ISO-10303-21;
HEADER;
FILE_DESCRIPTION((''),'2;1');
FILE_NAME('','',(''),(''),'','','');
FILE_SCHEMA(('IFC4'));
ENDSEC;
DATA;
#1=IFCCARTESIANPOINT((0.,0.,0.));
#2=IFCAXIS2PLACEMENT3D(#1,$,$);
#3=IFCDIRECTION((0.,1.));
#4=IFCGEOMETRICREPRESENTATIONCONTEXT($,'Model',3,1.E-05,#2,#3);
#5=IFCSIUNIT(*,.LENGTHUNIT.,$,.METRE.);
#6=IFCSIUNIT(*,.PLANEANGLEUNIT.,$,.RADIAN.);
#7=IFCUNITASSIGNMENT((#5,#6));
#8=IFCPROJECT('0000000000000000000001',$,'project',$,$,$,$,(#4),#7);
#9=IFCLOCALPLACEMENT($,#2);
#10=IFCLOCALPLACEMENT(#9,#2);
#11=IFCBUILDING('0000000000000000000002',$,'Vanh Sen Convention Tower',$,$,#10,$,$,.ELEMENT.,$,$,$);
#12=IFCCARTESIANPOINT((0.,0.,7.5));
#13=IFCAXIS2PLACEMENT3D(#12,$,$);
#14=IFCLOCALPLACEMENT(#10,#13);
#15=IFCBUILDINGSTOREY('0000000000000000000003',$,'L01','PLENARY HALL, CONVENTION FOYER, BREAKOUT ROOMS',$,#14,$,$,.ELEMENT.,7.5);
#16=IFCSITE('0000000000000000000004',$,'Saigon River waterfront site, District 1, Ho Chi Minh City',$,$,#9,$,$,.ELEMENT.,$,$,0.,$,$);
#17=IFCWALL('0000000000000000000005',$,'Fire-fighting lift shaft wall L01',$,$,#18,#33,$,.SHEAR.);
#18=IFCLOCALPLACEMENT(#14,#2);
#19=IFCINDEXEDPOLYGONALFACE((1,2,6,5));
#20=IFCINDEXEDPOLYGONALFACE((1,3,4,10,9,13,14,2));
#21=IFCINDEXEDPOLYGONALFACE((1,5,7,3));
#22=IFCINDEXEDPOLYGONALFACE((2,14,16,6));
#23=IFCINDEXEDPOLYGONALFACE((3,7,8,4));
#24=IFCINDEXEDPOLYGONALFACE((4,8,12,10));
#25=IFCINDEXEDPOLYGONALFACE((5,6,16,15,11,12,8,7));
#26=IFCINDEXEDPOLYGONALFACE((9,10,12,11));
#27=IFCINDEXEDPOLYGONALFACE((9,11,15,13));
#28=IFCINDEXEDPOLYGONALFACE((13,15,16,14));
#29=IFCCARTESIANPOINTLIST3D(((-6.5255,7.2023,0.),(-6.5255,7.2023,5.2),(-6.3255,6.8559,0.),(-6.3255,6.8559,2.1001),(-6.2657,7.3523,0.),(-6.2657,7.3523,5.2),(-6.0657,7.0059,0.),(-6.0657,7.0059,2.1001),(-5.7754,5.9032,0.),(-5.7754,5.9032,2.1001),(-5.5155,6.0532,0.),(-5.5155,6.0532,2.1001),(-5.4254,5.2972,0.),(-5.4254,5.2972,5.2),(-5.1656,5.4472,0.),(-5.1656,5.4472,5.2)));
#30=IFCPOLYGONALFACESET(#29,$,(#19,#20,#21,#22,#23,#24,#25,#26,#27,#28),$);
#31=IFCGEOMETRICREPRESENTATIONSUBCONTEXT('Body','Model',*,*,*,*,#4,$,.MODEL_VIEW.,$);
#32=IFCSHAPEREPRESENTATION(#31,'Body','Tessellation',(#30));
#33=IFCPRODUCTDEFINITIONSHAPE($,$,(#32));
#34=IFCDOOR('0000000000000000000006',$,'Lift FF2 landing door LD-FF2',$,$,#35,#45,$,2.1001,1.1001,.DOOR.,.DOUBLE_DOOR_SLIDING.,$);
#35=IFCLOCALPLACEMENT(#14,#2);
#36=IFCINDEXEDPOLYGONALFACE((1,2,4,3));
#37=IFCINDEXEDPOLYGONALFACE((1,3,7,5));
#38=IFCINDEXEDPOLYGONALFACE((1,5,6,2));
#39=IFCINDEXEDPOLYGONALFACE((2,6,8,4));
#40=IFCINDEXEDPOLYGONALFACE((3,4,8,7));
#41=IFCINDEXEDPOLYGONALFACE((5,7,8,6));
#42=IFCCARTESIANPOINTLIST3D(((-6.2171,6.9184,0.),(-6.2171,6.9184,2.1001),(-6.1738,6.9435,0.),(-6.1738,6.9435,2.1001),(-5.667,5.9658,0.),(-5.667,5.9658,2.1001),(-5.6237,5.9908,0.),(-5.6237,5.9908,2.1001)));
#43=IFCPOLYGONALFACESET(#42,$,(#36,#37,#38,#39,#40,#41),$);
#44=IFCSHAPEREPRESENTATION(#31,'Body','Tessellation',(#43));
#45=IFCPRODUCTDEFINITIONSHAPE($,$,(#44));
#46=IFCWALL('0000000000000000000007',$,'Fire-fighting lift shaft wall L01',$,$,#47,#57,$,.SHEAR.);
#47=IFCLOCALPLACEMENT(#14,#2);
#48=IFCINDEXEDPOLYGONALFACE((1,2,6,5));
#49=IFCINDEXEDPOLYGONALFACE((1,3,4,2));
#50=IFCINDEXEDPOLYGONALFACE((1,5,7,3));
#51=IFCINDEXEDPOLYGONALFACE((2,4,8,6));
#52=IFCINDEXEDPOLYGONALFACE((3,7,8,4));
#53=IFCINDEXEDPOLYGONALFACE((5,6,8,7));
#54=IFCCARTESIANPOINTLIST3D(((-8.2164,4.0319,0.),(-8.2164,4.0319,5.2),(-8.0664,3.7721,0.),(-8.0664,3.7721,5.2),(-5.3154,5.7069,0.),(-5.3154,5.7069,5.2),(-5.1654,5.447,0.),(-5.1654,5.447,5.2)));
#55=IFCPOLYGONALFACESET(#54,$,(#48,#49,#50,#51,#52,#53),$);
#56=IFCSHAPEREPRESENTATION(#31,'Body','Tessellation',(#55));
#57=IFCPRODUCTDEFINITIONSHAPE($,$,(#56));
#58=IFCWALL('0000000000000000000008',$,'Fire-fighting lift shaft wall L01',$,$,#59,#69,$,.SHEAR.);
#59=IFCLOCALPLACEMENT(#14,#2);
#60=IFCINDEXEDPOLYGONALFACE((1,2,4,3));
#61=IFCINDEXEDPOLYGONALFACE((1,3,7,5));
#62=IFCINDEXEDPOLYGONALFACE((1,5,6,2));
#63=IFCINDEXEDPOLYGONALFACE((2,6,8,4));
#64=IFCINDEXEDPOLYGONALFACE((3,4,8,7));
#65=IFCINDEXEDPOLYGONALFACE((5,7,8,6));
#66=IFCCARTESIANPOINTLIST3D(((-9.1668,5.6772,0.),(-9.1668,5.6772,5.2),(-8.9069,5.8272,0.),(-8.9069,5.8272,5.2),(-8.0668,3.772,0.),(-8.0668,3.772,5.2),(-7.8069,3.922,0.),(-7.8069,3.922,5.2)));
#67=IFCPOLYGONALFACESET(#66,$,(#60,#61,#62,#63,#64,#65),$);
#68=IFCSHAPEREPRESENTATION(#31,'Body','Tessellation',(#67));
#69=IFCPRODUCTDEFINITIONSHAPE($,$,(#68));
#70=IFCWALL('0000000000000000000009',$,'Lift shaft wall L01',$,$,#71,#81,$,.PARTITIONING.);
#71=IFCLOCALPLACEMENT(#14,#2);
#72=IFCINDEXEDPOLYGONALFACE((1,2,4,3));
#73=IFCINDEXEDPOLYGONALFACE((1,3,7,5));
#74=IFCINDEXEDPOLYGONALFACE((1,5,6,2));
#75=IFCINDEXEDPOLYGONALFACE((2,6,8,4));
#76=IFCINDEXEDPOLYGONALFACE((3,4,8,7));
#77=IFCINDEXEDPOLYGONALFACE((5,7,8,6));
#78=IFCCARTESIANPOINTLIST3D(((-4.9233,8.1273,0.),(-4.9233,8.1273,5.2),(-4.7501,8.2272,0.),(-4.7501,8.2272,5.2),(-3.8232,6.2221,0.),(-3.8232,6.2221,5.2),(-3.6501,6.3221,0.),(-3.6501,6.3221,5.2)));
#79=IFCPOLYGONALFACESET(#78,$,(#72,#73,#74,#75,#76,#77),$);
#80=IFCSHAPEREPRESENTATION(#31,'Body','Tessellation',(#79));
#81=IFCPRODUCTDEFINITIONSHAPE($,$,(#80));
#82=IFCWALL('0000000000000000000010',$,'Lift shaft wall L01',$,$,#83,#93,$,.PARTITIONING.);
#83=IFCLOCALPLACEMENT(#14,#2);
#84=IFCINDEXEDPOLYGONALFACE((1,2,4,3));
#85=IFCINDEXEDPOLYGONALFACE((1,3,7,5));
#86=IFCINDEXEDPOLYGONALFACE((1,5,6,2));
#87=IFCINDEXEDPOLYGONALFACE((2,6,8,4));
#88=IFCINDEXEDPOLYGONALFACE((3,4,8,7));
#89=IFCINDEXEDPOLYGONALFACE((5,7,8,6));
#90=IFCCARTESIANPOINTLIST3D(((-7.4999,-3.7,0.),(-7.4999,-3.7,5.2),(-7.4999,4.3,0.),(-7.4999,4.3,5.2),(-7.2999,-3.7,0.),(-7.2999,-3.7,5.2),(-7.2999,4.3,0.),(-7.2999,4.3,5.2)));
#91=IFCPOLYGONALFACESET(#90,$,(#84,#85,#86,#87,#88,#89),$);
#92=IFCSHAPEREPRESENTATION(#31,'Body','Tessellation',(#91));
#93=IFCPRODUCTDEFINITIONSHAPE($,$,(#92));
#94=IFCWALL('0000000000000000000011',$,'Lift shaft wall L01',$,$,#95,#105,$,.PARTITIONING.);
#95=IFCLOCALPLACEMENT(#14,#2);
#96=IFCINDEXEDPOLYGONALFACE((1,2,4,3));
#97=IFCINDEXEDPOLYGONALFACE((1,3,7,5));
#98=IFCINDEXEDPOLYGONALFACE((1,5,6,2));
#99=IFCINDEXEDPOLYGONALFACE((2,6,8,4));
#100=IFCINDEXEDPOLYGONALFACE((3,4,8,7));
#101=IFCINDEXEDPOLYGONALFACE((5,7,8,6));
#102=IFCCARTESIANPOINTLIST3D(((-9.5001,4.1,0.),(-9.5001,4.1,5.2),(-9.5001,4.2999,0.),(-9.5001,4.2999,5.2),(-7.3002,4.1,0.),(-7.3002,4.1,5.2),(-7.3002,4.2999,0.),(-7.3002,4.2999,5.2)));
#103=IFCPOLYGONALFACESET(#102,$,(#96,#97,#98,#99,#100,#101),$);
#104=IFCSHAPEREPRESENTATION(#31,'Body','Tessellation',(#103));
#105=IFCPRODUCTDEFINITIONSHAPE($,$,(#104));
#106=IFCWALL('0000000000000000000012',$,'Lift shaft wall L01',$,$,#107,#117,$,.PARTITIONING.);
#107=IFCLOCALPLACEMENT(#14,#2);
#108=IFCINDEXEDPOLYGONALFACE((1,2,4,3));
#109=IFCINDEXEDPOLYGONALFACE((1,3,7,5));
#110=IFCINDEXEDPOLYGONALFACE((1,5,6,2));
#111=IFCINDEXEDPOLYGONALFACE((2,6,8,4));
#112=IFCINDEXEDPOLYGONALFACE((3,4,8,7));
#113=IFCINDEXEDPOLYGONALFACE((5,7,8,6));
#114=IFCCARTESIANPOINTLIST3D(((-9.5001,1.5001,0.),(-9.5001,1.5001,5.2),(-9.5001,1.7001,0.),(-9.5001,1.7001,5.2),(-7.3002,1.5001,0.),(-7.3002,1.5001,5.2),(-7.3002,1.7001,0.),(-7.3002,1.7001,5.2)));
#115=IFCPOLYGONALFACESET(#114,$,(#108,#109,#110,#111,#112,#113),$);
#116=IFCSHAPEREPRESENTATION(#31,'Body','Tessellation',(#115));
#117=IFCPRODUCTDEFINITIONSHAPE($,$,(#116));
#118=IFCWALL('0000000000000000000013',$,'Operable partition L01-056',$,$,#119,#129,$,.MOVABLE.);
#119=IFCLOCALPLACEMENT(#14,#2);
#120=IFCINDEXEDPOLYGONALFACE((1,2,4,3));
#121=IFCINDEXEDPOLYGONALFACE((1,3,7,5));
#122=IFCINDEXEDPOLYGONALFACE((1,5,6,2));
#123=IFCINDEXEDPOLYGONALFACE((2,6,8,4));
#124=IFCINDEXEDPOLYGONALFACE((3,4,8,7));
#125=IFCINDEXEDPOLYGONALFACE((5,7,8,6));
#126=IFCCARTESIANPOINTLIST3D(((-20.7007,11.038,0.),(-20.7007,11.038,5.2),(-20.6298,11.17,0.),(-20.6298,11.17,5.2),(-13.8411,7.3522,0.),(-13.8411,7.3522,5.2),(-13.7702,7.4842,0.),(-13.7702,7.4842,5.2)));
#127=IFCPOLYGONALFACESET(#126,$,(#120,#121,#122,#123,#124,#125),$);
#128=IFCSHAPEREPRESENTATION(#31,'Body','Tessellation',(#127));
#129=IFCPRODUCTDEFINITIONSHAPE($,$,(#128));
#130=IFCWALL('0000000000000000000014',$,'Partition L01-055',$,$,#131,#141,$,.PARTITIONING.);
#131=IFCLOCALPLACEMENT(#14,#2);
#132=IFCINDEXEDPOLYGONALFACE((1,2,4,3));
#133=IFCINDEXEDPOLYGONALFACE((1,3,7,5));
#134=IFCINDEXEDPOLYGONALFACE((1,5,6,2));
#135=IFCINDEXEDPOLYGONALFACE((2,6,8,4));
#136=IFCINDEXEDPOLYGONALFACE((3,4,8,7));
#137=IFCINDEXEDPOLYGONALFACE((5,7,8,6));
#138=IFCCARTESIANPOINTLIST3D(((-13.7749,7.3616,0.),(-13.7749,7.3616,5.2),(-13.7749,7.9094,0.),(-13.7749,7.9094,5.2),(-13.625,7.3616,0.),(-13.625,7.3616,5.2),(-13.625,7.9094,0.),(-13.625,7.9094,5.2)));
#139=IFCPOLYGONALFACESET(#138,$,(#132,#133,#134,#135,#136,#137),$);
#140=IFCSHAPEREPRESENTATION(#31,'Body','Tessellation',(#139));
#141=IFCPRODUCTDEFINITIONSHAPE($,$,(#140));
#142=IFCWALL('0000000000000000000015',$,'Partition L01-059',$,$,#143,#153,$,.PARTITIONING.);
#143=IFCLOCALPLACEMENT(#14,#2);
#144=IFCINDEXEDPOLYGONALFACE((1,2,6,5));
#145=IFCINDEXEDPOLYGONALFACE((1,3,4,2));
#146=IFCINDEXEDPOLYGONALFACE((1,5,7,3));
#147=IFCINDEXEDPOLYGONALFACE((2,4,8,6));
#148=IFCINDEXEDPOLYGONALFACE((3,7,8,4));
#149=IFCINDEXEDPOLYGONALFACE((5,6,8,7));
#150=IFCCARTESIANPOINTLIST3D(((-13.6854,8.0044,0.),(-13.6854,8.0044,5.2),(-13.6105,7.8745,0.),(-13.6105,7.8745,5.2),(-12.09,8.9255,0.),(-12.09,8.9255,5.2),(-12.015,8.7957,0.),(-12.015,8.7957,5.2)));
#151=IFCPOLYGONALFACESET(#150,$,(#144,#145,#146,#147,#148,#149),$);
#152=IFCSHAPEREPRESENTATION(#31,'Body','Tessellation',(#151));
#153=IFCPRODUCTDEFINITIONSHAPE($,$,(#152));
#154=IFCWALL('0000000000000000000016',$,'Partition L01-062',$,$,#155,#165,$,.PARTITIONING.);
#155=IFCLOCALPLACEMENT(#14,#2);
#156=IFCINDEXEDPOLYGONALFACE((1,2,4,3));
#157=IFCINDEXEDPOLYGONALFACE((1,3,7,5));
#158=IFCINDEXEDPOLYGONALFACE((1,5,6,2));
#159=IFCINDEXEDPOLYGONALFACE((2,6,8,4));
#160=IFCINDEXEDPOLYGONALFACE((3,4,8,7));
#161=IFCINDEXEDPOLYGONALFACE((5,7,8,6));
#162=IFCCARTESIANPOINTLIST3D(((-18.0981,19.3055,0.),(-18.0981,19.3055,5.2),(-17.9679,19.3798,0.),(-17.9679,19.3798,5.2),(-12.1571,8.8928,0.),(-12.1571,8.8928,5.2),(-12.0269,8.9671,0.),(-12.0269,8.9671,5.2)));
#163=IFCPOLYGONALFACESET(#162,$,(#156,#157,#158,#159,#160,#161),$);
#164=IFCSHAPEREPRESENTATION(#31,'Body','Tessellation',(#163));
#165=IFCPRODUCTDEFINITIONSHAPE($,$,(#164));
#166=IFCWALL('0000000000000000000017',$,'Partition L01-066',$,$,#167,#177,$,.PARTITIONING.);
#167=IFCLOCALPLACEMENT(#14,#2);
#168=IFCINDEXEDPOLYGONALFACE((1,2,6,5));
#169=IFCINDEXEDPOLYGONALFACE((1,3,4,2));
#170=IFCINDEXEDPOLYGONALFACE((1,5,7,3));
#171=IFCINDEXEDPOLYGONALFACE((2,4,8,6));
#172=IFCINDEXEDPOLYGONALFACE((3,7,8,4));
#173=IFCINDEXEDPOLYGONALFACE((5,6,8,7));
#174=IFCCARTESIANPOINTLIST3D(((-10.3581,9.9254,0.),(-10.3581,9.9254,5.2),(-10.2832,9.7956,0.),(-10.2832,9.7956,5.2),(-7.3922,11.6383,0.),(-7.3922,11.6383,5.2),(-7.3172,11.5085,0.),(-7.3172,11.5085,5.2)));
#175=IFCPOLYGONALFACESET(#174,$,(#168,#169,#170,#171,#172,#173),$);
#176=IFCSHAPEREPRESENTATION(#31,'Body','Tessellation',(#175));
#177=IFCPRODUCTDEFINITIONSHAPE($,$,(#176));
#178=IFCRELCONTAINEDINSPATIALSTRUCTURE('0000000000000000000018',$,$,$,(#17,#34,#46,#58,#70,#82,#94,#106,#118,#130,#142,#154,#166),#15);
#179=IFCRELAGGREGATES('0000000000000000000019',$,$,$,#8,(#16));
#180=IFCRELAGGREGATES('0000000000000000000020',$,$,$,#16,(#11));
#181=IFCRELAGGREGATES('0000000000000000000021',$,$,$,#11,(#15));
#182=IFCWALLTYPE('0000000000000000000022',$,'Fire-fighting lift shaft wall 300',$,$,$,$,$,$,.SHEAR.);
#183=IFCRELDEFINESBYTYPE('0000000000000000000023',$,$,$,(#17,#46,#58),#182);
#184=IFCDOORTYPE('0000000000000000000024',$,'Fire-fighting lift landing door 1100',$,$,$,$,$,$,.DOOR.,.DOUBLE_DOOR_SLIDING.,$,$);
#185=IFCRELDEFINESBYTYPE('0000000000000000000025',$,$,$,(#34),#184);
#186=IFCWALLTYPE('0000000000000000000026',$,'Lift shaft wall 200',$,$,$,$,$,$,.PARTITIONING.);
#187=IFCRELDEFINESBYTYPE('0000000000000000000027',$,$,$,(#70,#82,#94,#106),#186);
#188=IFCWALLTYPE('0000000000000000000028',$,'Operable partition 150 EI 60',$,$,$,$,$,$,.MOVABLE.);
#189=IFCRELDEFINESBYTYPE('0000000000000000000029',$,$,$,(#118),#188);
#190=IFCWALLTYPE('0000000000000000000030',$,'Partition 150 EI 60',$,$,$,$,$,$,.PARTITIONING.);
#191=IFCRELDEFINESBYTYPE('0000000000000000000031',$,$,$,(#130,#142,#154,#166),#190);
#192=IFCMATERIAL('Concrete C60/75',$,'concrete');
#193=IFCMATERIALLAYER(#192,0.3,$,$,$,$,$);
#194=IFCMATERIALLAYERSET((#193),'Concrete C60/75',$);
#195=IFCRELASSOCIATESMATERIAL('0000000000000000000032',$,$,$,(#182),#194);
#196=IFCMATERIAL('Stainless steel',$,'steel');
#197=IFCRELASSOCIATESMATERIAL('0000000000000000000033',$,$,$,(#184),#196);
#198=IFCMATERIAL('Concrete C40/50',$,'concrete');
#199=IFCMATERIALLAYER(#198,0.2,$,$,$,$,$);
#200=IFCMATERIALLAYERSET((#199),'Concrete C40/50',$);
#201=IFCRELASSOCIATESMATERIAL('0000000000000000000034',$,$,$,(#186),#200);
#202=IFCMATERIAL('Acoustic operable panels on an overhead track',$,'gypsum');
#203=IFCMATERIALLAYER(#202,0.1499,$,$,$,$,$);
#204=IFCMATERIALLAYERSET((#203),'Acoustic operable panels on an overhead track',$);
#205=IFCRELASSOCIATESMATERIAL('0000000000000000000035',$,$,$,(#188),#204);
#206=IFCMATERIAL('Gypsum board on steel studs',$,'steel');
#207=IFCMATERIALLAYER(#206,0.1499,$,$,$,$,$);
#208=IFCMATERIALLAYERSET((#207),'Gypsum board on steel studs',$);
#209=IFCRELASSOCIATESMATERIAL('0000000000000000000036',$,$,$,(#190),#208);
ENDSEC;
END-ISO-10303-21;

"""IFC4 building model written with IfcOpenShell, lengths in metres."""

from ifc_helpers import new_model, si_unit, direction, frame, frame_2d, origin, place, context, subcontext, project, spatial, rectangle, extrude, material, layer, layer_set, type_object, element, fill, save


model = new_model("IFC4")

# Units and contexts
model_context = context("Model", 3, precision=1e-05, world=origin(), true_north=direction((0.0, 1.0)))
body_context = subcontext(model_context, "Body", "Model", "MODEL_VIEW")
ifc_project = project(units=[si_unit("LENGTHUNIT", "METRE"), si_unit("PLANEANGLEUNIT", "RADIAN")], contexts=[model_context])

# Site, building, storey
site_placement = place(None, origin())
site = spatial("IfcSite", under=ifc_project, at=site_placement, Name="Saigon River waterfront site, District 1, Ho Chi Minh City", CompositionType="ELEMENT", RefElevation=0.0)
building_placement = place(site_placement, origin())
building = spatial("IfcBuilding", under=site, at=building_placement, Name="Vanh Sen Convention Tower", CompositionType="ELEMENT")
storey_placement = place(building_placement, frame((0.0, 0.0, 7.5)))
storey = spatial("IfcBuildingStorey", under=building, at=storey_placement, Name="L01", Description="PLENARY HALL, CONVENTION FOYER, BREAKOUT ROOMS", CompositionType="ELEMENT", Elevation=7.5)

# Wall, opening, door
ifc_material_1 = material(Name="Concrete C60/75", Category="concrete")
ifc_layer_1 = layer(ifc_material_1, 0.3)
ifc_layer_set_1 = layer_set([ifc_layer_1], Name="Concrete C60/75")
wall_type_1 = type_object("IfcWallType", Name="Fire-fighting lift shaft wall 300", PredefinedType="SHEAR", material=ifc_layer_set_1)
wall_1_placement = place(storey_placement, frame((-5.2954, 5.3721, 0.0), z_axis=(0.0, 0.0, 1.0), x_axis=(-0.500078, 0.86598, 0.0)))
wall_1 = element("IfcWall", 1, at=wall_1_placement, inside=storey, type_object=wall_type_1, Name="Fire-fighting lift shaft wall L01", PredefinedType="SHEAR", context=body_context, shape_type="SweptSolid", body=[
    extrude(rectangle(XDim=2.2, YDim=0.3, at=frame_2d((1.1001, 0.0))), origin(), (0.0, 0.0, 1.0), 5.2),
])
opening_1_placement = place(wall_1_placement, frame((0.7, 0.0, 0.0)))
opening_1 = element("IfcOpeningElement", 2, at=opening_1_placement, cuts=wall_1, PredefinedType="OPENING", context=body_context, shape_type="SweptSolid", body=[
    extrude(rectangle(XDim=1.1001, YDim=2.1001, at=frame_2d((0.55, 1.05))), frame((0.0, 0.1599, 0.0), z_axis=(0.0, -1.0, 0.0), x_axis=(1.0, 0.0, 0.0)), (0.0, 0.0, 1.0), 0.3201),
])
ifc_material_2 = material(Name="Stainless steel", Category="steel")
door_type_1 = type_object("IfcDoorType", Name="Fire-fighting lift landing door 1100", OperationType="DOUBLE_DOOR_SLIDING", PredefinedType="DOOR", material=ifc_material_2)
door_1_placement = place(opening_1_placement, origin())
door_1 = element("IfcDoor", 3, at=door_1_placement, inside=storey, type_object=door_type_1, Name="Lift FF2 landing door LD-FF2", OperationType="DOUBLE_DOOR_SLIDING", OverallHeight=2.1001, OverallWidth=1.1001, PredefinedType="DOOR", context=body_context, shape_type="SweptSolid", body=[
    extrude(rectangle(XDim=1.1001, YDim=2.1001, at=frame_2d((0.55, 1.05))), frame((0.0, 0.0249, 0.0), z_axis=(0.0, -1.0, 0.0), x_axis=(1.0, 0.0, 0.0)), (0.0, 0.0, 1.0), 0.05),
])
fill(opening_1, door_1)

# Walls
wall_2_placement = place(storey_placement, frame((-5.2405, 5.5769, 0.0), z_axis=(0.0, 0.0, 1.0), x_axis=(-0.866014, -0.500019, 0.0)))
element("IfcWall", 4, at=wall_2_placement, inside=storey, type_object=wall_type_1, Name="Fire-fighting lift shaft wall L01", PredefinedType="SHEAR", context=body_context, shape_type="SweptSolid", body=[
    extrude(rectangle(XDim=3.3499, YDim=0.3, at=frame_2d((1.6748, 0.0))), origin(), (0.0, 0.0, 1.0), 5.2),
])
wall_3_placement = place(storey_placement, frame((-7.9368, 3.8469, 0.0), z_axis=(0.0, 0.0, 1.0), x_axis=(-0.50003, 0.866008, 0.0)))
element("IfcWall", 5, at=wall_3_placement, inside=storey, type_object=wall_type_1, Name="Fire-fighting lift shaft wall L01", PredefinedType="SHEAR", context=body_context, shape_type="SweptSolid", body=[
    extrude(rectangle(XDim=2.2, YDim=0.3, at=frame_2d((1.1001, 0.0))), origin(), (0.0, 0.0, 1.0), 5.2),
])
ifc_material_3 = material(Name="Concrete C40/50", Category="concrete")
ifc_layer_2 = layer(ifc_material_3, 0.2)
ifc_layer_set_2 = layer_set([ifc_layer_2], Name="Concrete C40/50")
wall_type_2 = type_object("IfcWallType", Name="Lift shaft wall 200", PredefinedType="PARTITIONING", material=ifc_layer_set_2)
wall_4_placement = place(storey_placement, frame((-3.7366, 6.272, 0.0), z_axis=(0.0, 0.0, 1.0), x_axis=(-0.50003, 0.866008, 0.0)))
element("IfcWall", 6, at=wall_4_placement, inside=storey, type_object=wall_type_2, Name="Lift shaft wall L01", PredefinedType="PARTITIONING", context=body_context, shape_type="SweptSolid", body=[
    extrude(rectangle(XDim=2.2, YDim=0.2, at=frame_2d((1.1001, 0.0))), origin(), (0.0, 0.0, 1.0), 5.2),
])
wall_5_placement = place(storey_placement, frame((-7.3999, 4.3, 0.0), z_axis=(0.0, 0.0, 1.0), x_axis=(0.0, -1.0, 0.0)))
element("IfcWall", 7, at=wall_5_placement, inside=storey, type_object=wall_type_2, Name="Lift shaft wall L01", PredefinedType="PARTITIONING", context=body_context, shape_type="SweptSolid", body=[
    extrude(rectangle(XDim=8.0, YDim=0.2, at=frame_2d((4.0, 0.0))), origin(), (0.0, 0.0, 1.0), 5.2),
])
for number, where, z_axis, x_axis, name in (
    (8, (-7.3, 4.2, 0.0), (0.0, 0.0, 1.0), (-1.0, 0.0, 0.0), "Lift shaft wall L01"),
    (9, (-7.3, 1.6001, 0.0), (0.0, 0.0, 1.0), (-1.0, 0.0, 0.0), "Lift shaft wall L01"),
):
    element("IfcWall", number, at=place(storey_placement, frame(where, z_axis=z_axis, x_axis=x_axis)), inside=storey, type_object=wall_type_2, Name=name, PredefinedType="PARTITIONING", context=body_context, shape_type="SweptSolid", body=[
        extrude(rectangle(XDim=2.2, YDim=0.2, at=frame_2d((1.1001, 0.0))), origin(), (0.0, 0.0, 1.0), 5.2),
    ])
ifc_material_4 = material(Name="Acoustic operable panels on an overhead track", Category="gypsum")
ifc_layer_3 = layer(ifc_material_4, 0.1499)
ifc_layer_set_3 = layer_set([ifc_layer_3], Name="Acoustic operable panels on an overhead track")
wall_type_3 = type_object("IfcWallType", Name="Operable partition 150 EI 60", PredefinedType="MOVABLE", material=ifc_layer_set_3)
wall_6_placement = place(storey_placement, frame((-13.8057, 7.4182, 0.0), z_axis=(0.0, 0.0, 1.0), x_axis=(-0.880892, 0.473318, 0.0)))
element("IfcWall", 10, at=wall_6_placement, inside=storey, type_object=wall_type_3, Name="Operable partition L01-056", PredefinedType="MOVABLE", context=body_context, shape_type="SweptSolid", body=[
    extrude(rectangle(XDim=7.7871, YDim=0.1499, at=frame_2d((3.8936, 0.0))), origin(), (0.0, 0.0, 1.0), 5.2),
])
ifc_material_5 = material(Name="Gypsum board on steel studs", Category="steel")
ifc_layer_4 = layer(ifc_material_5, 0.1499)
ifc_layer_set_4 = layer_set([ifc_layer_4], Name="Gypsum board on steel studs")
wall_type_4 = type_object("IfcWallType", Name="Partition 150 EI 60", PredefinedType="PARTITIONING", material=ifc_layer_set_4)
wall_7_placement = place(storey_placement, frame((-13.7, 7.3616, 0.0), z_axis=(0.0, 0.0, 1.0), x_axis=(0.0, 1.0, 0.0)))
element("IfcWall", 11, at=wall_7_placement, inside=storey, type_object=wall_type_4, Name="Partition L01-055", PredefinedType="PARTITIONING", context=body_context, shape_type="SweptSolid", body=[
    extrude(rectangle(XDim=0.5479, YDim=0.1499, at=frame_2d((0.2739, 0.0))), origin(), (0.0, 0.0, 1.0), 5.2),
])
wall_8_placement = place(storey_placement, frame((-13.6479, 7.9395, 0.0), z_axis=(0.0, 0.0, 1.0), x_axis=(0.866024, 0.500002, 0.0)))
element("IfcWall", 12, at=wall_8_placement, inside=storey, type_object=wall_type_4, Name="Partition L01-059", PredefinedType="PARTITIONING", context=body_context, shape_type="SweptSolid", body=[
    extrude(rectangle(XDim=1.8423, YDim=0.1499, at=frame_2d((0.9211, 0.0))), origin(), (0.0, 0.0, 1.0), 5.2),
])
wall_9_placement = place(storey_placement, frame((-12.092, 8.9299, 0.0), z_axis=(0.0, 0.0, 1.0), x_axis=(-0.495564, 0.868571, 0.0)))
element("IfcWall", 13, at=wall_9_placement, inside=storey, type_object=wall_type_4, Name="Partition L01-062", PredefinedType="PARTITIONING", context=body_context, shape_type="SweptSolid", body=[
    extrude(rectangle(XDim=11.9883, YDim=0.1499, at=frame_2d((5.9941, 0.0))), origin(), (0.0, 0.0, 1.0), 5.2),
])
wall_10_placement = place(storey_placement, frame((-10.3206, 9.8606, 0.0), z_axis=(0.0, 0.0, 1.0), x_axis=(0.865971, 0.500095, 0.0)))
element("IfcWall", 14, at=wall_10_placement, inside=storey, type_object=wall_type_4, Name="Partition L01-066", PredefinedType="PARTITIONING", context=body_context, shape_type="SweptSolid", body=[
    extrude(rectangle(XDim=3.425, YDim=0.1499, at=frame_2d((1.7124, 0.0))), origin(), (0.0, 0.0, 1.0), 5.2),
])

save(model, "model.ifc")
